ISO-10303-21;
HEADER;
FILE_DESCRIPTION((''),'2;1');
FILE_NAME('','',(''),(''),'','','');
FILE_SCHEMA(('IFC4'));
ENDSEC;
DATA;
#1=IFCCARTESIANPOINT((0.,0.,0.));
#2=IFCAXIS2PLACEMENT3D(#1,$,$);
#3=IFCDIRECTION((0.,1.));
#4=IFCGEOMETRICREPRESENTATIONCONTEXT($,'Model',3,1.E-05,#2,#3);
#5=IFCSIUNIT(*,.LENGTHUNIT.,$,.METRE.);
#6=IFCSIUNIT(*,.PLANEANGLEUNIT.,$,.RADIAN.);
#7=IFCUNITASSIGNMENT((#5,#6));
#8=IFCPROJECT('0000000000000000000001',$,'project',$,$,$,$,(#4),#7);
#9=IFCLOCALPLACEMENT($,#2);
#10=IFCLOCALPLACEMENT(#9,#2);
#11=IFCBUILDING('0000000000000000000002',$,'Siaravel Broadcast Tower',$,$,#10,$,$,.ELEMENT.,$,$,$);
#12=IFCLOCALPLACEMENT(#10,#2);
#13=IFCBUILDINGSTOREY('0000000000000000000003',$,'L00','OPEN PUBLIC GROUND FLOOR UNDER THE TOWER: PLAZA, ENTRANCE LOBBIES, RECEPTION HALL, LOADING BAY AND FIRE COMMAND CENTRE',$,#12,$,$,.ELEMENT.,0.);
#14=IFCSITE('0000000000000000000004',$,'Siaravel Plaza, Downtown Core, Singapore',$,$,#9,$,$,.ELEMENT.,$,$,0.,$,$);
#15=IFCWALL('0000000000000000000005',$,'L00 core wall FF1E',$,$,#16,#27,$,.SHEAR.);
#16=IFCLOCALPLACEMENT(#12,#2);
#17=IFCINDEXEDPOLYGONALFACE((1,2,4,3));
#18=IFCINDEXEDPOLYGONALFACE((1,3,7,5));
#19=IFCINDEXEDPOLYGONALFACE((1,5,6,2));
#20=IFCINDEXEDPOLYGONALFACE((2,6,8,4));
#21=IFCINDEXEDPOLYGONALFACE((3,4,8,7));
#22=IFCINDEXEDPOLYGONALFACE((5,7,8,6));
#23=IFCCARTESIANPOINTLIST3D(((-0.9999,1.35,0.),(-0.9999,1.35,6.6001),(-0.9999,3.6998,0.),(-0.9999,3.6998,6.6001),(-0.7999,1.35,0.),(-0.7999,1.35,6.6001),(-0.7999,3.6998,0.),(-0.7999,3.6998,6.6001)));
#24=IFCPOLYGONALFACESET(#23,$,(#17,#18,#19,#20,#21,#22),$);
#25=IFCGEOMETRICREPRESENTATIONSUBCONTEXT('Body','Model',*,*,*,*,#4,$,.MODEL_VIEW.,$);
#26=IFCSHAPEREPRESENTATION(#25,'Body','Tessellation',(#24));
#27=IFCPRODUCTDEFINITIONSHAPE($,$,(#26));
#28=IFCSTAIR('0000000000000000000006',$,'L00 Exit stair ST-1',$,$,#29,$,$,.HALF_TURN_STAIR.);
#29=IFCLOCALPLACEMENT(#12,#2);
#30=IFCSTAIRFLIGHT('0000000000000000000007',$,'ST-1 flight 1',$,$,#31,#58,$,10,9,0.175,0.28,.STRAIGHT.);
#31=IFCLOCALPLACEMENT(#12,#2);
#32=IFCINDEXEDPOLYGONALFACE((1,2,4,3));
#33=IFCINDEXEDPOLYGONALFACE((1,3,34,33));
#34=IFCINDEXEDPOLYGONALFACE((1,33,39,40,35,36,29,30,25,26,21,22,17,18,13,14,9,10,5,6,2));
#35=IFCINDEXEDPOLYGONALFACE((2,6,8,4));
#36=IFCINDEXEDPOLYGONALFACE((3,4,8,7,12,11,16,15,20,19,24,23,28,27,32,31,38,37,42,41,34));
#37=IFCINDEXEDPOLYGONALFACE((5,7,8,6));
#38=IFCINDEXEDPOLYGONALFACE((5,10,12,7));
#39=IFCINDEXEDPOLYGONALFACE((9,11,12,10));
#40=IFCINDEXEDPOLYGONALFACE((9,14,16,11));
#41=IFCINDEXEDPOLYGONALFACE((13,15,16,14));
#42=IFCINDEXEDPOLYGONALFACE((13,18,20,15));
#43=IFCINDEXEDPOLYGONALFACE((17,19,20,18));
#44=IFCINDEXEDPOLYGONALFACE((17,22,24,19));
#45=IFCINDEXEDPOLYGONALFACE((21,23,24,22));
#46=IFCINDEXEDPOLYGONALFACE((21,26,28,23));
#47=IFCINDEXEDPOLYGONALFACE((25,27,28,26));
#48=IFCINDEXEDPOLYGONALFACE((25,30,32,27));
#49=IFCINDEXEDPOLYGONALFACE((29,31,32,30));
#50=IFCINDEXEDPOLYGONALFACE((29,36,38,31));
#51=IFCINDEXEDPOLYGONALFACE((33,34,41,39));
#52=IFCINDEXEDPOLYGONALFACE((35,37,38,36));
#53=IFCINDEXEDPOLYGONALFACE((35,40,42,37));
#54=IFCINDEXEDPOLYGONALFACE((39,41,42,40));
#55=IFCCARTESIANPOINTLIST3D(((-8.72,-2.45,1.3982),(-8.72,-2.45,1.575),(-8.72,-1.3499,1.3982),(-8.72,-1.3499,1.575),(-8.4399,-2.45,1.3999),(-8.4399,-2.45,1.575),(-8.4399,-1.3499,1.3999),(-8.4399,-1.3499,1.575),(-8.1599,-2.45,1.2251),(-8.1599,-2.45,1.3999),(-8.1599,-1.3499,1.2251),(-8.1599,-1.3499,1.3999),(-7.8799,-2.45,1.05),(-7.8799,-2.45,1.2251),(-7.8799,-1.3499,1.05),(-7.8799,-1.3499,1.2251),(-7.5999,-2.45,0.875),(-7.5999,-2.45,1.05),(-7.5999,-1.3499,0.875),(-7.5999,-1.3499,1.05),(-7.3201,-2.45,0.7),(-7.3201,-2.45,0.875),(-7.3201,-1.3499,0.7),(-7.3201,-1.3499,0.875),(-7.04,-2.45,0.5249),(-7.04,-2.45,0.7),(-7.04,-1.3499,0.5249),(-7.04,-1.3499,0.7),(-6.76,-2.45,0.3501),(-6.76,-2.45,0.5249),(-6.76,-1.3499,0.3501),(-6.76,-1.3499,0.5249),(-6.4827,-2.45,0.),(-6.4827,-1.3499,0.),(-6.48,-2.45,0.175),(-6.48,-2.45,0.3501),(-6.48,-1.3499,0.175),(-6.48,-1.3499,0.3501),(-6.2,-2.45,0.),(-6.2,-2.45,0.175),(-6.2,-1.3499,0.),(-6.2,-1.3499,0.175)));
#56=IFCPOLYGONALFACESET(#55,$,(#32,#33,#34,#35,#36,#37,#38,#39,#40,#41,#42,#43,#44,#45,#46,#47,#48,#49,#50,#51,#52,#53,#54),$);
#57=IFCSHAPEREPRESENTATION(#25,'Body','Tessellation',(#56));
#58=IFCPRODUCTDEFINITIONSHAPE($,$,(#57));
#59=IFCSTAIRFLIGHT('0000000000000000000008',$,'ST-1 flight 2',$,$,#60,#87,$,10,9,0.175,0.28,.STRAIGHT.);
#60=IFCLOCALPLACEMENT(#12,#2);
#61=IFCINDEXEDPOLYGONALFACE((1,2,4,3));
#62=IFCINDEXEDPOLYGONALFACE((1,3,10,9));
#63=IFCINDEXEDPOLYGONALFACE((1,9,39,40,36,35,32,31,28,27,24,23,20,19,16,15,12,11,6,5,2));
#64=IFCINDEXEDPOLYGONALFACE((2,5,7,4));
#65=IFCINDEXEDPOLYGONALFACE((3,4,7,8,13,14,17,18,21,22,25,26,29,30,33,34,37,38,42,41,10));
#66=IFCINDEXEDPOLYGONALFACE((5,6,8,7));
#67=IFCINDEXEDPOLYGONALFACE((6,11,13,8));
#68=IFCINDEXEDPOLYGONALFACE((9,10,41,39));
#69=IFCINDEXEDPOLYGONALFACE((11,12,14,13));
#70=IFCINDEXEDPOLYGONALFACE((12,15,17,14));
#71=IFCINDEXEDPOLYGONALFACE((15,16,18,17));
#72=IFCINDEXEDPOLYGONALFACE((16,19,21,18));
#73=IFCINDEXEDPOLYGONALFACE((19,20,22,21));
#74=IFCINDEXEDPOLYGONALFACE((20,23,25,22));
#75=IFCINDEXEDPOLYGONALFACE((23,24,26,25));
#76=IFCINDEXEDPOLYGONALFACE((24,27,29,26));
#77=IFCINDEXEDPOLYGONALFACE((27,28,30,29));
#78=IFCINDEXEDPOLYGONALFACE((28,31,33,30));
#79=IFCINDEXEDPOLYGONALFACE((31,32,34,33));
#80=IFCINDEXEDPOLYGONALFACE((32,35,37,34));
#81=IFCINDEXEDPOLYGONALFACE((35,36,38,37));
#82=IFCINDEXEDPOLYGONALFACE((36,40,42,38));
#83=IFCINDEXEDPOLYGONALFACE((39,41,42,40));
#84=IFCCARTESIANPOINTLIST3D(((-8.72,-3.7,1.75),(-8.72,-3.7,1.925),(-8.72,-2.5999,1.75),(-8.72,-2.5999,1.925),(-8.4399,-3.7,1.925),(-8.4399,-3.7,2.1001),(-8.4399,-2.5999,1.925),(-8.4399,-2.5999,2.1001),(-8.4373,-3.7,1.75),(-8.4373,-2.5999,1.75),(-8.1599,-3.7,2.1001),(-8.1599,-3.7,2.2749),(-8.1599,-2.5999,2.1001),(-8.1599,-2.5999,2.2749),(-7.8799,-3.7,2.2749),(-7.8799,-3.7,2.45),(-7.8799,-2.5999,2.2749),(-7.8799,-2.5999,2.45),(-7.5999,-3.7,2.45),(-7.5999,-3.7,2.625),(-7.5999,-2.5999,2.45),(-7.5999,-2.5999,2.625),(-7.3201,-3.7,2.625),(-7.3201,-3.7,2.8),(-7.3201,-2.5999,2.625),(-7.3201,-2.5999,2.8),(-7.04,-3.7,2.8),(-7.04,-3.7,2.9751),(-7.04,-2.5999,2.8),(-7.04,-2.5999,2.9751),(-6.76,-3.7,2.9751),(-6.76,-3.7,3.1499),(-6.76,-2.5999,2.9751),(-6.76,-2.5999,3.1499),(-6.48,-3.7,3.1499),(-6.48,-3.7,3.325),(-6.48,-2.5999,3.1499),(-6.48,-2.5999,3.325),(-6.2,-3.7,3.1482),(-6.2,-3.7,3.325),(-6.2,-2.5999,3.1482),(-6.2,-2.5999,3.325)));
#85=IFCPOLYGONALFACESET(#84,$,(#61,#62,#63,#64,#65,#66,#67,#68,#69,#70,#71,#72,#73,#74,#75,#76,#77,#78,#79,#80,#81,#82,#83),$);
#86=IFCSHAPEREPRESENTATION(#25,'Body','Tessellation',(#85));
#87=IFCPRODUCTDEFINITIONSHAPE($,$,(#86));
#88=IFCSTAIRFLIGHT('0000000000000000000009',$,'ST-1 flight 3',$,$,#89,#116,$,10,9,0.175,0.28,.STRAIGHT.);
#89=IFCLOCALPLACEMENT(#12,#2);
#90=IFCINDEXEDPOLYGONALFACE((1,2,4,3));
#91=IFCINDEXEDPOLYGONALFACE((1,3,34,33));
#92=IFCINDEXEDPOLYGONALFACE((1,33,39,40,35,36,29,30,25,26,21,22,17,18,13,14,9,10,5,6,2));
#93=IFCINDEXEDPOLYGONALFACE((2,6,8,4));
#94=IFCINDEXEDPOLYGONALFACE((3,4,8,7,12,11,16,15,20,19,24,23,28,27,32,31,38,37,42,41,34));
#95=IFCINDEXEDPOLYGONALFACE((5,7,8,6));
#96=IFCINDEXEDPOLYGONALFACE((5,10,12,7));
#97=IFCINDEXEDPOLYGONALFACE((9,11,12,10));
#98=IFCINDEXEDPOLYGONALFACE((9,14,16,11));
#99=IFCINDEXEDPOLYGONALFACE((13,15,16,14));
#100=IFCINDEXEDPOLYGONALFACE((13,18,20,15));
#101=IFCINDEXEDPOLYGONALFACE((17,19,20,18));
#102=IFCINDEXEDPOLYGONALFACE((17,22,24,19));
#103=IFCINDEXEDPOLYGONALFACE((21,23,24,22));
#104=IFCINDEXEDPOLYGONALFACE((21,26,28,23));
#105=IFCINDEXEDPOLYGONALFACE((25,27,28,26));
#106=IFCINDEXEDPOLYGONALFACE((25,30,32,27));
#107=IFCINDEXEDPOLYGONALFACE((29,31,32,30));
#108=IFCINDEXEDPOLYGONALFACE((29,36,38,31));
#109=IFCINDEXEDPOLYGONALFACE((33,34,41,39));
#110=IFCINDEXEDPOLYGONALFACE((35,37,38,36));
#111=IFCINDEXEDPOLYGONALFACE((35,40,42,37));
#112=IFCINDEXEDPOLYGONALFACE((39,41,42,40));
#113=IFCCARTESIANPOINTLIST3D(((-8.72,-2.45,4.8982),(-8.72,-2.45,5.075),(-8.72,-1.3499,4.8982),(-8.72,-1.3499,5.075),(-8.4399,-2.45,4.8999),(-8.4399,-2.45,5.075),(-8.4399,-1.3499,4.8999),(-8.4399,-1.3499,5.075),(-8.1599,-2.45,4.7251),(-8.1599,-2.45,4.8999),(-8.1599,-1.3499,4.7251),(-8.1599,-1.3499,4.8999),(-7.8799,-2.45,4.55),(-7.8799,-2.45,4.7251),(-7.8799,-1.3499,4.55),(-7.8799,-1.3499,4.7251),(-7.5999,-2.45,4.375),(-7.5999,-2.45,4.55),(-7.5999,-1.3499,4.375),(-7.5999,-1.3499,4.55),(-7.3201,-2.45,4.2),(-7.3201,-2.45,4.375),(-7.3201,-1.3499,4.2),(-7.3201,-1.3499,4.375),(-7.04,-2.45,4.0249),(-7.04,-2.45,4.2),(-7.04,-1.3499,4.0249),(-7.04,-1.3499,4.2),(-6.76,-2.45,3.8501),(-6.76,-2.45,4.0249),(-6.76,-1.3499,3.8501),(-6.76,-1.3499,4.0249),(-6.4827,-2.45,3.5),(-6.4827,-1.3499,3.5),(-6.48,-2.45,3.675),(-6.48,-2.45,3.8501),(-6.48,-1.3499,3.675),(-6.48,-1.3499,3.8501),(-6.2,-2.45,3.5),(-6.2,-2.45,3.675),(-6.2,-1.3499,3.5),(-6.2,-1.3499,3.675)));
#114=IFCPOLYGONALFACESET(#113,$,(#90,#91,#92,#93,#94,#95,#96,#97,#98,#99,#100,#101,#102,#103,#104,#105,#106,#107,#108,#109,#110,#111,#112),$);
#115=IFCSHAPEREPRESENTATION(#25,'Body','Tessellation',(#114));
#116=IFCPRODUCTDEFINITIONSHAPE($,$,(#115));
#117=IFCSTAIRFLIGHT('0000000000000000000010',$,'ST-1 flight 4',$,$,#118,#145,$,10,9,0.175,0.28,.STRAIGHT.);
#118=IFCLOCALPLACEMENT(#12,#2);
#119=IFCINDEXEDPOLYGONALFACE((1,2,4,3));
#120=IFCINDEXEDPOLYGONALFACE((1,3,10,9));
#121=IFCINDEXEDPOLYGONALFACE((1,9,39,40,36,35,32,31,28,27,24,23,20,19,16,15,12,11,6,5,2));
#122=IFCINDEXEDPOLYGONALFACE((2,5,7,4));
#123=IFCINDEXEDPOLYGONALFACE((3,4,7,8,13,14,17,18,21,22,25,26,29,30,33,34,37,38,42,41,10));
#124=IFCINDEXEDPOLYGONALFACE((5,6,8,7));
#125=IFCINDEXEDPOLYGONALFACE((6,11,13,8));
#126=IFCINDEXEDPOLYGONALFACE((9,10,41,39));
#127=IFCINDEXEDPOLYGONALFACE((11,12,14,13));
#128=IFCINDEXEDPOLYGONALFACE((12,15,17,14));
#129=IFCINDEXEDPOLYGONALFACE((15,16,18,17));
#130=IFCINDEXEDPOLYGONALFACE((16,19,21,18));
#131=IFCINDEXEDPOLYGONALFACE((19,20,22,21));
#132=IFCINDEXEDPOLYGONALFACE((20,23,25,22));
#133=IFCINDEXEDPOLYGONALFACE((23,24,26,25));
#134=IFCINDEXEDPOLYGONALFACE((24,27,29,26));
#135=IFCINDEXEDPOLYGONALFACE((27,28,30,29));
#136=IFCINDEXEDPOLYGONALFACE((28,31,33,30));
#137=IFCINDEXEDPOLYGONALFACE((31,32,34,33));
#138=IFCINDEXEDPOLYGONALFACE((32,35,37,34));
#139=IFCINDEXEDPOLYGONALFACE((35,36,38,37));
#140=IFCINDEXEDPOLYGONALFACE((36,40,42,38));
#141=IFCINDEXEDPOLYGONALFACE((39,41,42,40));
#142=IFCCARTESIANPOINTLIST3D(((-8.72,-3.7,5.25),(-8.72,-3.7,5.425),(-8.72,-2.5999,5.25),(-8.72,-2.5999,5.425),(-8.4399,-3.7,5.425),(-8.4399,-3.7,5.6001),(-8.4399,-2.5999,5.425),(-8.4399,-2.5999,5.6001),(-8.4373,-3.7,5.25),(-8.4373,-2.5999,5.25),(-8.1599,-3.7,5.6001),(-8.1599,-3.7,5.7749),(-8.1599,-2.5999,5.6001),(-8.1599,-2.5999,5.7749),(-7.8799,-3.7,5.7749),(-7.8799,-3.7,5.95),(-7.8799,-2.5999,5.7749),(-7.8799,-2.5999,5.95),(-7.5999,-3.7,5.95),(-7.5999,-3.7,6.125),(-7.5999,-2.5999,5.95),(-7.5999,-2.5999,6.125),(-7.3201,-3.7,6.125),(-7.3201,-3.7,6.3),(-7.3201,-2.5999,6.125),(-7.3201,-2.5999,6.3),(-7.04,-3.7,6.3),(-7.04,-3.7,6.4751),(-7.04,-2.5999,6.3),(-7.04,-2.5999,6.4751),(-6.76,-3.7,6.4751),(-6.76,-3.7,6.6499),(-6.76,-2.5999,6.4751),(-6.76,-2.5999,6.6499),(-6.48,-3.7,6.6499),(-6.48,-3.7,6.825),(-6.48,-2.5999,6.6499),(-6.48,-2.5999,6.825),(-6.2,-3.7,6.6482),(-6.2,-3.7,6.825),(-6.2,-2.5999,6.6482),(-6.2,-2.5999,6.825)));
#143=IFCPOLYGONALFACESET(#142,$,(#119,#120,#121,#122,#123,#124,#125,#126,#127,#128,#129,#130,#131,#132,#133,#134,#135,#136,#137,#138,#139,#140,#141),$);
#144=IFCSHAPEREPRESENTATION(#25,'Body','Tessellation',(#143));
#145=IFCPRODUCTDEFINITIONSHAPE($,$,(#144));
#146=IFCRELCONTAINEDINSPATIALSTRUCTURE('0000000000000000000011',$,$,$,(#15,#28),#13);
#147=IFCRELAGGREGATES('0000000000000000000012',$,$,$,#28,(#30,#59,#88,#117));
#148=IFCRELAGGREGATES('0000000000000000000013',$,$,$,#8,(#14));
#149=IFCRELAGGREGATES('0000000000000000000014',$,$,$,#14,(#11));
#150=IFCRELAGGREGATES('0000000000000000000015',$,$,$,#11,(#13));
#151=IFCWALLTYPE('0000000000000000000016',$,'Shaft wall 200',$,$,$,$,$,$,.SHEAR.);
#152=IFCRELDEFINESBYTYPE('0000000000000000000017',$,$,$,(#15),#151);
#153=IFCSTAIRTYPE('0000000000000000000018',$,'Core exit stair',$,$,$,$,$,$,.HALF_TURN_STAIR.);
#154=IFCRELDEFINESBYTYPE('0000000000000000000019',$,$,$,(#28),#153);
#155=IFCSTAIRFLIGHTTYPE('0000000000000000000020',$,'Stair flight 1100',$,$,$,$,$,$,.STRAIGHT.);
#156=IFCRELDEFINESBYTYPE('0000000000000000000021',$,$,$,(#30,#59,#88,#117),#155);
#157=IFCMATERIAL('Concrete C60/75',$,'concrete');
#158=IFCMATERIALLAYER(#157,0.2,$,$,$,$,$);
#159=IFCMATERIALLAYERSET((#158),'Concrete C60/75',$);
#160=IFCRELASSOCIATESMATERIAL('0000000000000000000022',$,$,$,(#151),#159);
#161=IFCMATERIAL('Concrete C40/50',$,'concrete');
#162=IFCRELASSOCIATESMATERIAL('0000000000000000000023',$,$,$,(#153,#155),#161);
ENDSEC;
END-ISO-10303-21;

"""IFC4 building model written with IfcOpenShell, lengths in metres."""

from ifc_helpers import new_model, si_unit, direction, frame, frame_2d, origin, place, context, subcontext, project, spatial, polyline, rectangle, outline, extrude, material, layer, layer_set, type_object, element, aggregate, save


model = new_model("IFC4")

# Units and contexts
model_context = context("Model", 3, precision=1e-05, world=origin(), true_north=direction((0.0, 1.0)))
body_context = subcontext(model_context, "Body", "Model", "MODEL_VIEW")
ifc_project = project(units=[si_unit("LENGTHUNIT", "METRE"), si_unit("PLANEANGLEUNIT", "RADIAN")], contexts=[model_context])

# Site, building, storey
site_placement = place(None, origin())
site = spatial("IfcSite", under=ifc_project, at=site_placement, Name="Siaravel Plaza, Downtown Core, Singapore", CompositionType="ELEMENT", RefElevation=0.0)
building_placement = place(site_placement, origin())
building = spatial("IfcBuilding", under=site, at=building_placement, Name="Siaravel Broadcast Tower", CompositionType="ELEMENT")
storey_placement = place(building_placement, origin())
storey = spatial("IfcBuildingStorey", under=building, at=storey_placement, Name="L00", Description="OPEN PUBLIC GROUND FLOOR UNDER THE TOWER: PLAZA, ENTRANCE LOBBIES, RECEPTION HALL, LOADING BAY AND FIRE COMMAND CENTRE", CompositionType="ELEMENT", Elevation=0.0)

# Shared definitions
ifc_material_1 = material(Name="Concrete C40/50", Category="concrete")

# Shared definitions
ifc_material_2 = material(Name="Concrete C60/75", Category="concrete")

# Wall
ifc_layer_1 = layer(ifc_material_2, 0.2)
ifc_layer_set_1 = layer_set([ifc_layer_1], Name="Concrete C60/75")
wall_type_1 = type_object("IfcWallType", Name="Shaft wall 200", PredefinedType="SHEAR", material=ifc_layer_set_1)
wall_1_placement = place(storey_placement, frame((-0.8999, 1.3501, 0.0), z_axis=(0.0, 0.0, 1.0), x_axis=(0.0, 1.0, 0.0)))
element("IfcWall", 1, at=wall_1_placement, inside=storey, type_object=wall_type_1, Name="L00 core wall FF1E", PredefinedType="SHEAR", context=body_context, shape_type="SweptSolid", body=[
    extrude(rectangle(XDim=2.3499, YDim=0.2, at=frame_2d((1.1748, 0.0))), origin(), (0.0, 0.0, 1.0), 6.6001),
])

# Stair, stair flights
stair_type = type_object("IfcStairType", Name="Core exit stair", PredefinedType="HALF_TURN_STAIR", material=ifc_material_1)
stair_placement = place(storey_placement, origin())
stair = element("IfcStair", 2, at=stair_placement, inside=storey, type_object=stair_type, Name="L00 Exit stair ST-1", PredefinedType="HALF_TURN_STAIR")
stair_flight_type = type_object("IfcStairFlightType", Name="Stair flight 1100", PredefinedType="STRAIGHT", material=ifc_material_1)
stair_flight_1_placement = place(storey_placement, frame((-6.2, -1.8999, 0.0), z_axis=(0.0, 0.0, 1.0), x_axis=(-1.0, 0.0, 0.0)))
stair_flight_1 = element("IfcStairFlight", 3, at=stair_flight_1_placement, type_object=stair_flight_type, Name="ST-1 flight 1", NumberOfRisers=10, NumberOfTreads=9, PredefinedType="STRAIGHT", RiserHeight=0.175, TreadLength=0.28, context=body_context, shape_type="SweptSolid", body=[
    extrude(outline(polyline([(0.0, 0.0), (0.0, 0.175), (0.28, 0.175), (0.28, 0.3501), (0.5601, 0.3501), (0.5601, 0.5249), (0.8401, 0.5249), (0.8401, 0.7), (1.1201, 0.7), (1.1201, 0.875), (1.3999, 0.875), (1.3999, 1.05), (1.6799, 1.05), (1.6799, 1.2251), (1.96, 1.2251), (1.96, 1.3999), (2.24, 1.3999), (2.24, 1.575), (2.52, 1.575), (2.52, 1.75), (2.52, 1.3982), (0.2827, 0.0), (0.0, 0.0)])), frame((0.0, 0.55, 0.0), z_axis=(0.0, -1.0, 0.0), x_axis=(1.0, 0.0, 0.0)), (0.0, 0.0, 1.0), 1.1001),
])
stair_flight_2_placement = place(storey_placement, frame((-8.72, -3.1499, 1.75), z_axis=(0.0, 0.0, 1.0), x_axis=(1.0, 0.0, 0.0)))
stair_flight_2 = element("IfcStairFlight", 4, at=stair_flight_2_placement, type_object=stair_flight_type, Name="ST-1 flight 2", NumberOfRisers=10, NumberOfTreads=9, PredefinedType="STRAIGHT", RiserHeight=0.175, TreadLength=0.28, context=body_context, shape_type="SweptSolid", body=[
    extrude(outline(polyline([(0.0, 0.0), (0.0, 0.175), (0.28, 0.175), (0.28, 0.3501), (0.5601, 0.3501), (0.5601, 0.5249), (0.8401, 0.5249), (0.8401, 0.7), (1.1201, 0.7), (1.1201, 0.875), (1.3999, 0.875), (1.3999, 1.05), (1.6799, 1.05), (1.6799, 1.2251), (1.96, 1.2251), (1.96, 1.3999), (2.24, 1.3999), (2.24, 1.575), (2.52, 1.575), (2.52, 1.75), (2.52, 1.3982), (0.2827, 0.0), (0.0, 0.0)])), frame((0.0, 0.55, 0.0), z_axis=(0.0, -1.0, 0.0), x_axis=(1.0, 0.0, 0.0)), (0.0, 0.0, 1.0), 1.1001),
])
stair_flight_3_placement = place(storey_placement, frame((-6.2, -1.8999, 3.5), z_axis=(0.0, 0.0, 1.0), x_axis=(-1.0, 0.0, 0.0)))
stair_flight_3 = element("IfcStairFlight", 5, at=stair_flight_3_placement, type_object=stair_flight_type, Name="ST-1 flight 3", NumberOfRisers=10, NumberOfTreads=9, PredefinedType="STRAIGHT", RiserHeight=0.175, TreadLength=0.28, context=body_context, shape_type="SweptSolid", body=[
    extrude(outline(polyline([(0.0, 0.0), (0.0, 0.175), (0.28, 0.175), (0.28, 0.3501), (0.5601, 0.3501), (0.5601, 0.5249), (0.8401, 0.5249), (0.8401, 0.7), (1.1201, 0.7), (1.1201, 0.875), (1.3999, 0.875), (1.3999, 1.05), (1.6799, 1.05), (1.6799, 1.2251), (1.96, 1.2251), (1.96, 1.3999), (2.24, 1.3999), (2.24, 1.575), (2.52, 1.575), (2.52, 1.75), (2.52, 1.3982), (0.2827, 0.0), (0.0, 0.0)])), frame((0.0, 0.55, 0.0), z_axis=(0.0, -1.0, 0.0), x_axis=(1.0, 0.0, 0.0)), (0.0, 0.0, 1.0), 1.1001),
])
stair_flight_4_placement = place(storey_placement, frame((-8.72, -3.1499, 5.25), z_axis=(0.0, 0.0, 1.0), x_axis=(1.0, 0.0, 0.0)))
stair_flight_4 = element("IfcStairFlight", 6, at=stair_flight_4_placement, type_object=stair_flight_type, Name="ST-1 flight 4", NumberOfRisers=10, NumberOfTreads=9, PredefinedType="STRAIGHT", RiserHeight=0.175, TreadLength=0.28, context=body_context, shape_type="SweptSolid", body=[
    extrude(outline(polyline([(0.0, 0.0), (0.0, 0.175), (0.28, 0.175), (0.28, 0.3501), (0.5601, 0.3501), (0.5601, 0.5249), (0.8401, 0.5249), (0.8401, 0.7), (1.1201, 0.7), (1.1201, 0.875), (1.3999, 0.875), (1.3999, 1.05), (1.6799, 1.05), (1.6799, 1.2251), (1.96, 1.2251), (1.96, 1.3999), (2.24, 1.3999), (2.24, 1.575), (2.52, 1.575), (2.52, 1.75), (2.52, 1.3982), (0.2827, 0.0), (0.0, 0.0)])), frame((0.0, 0.55, 0.0), z_axis=(0.0, -1.0, 0.0), x_axis=(1.0, 0.0, 0.0)), (0.0, 0.0, 1.0), 1.1001),
])
aggregate(stair, [stair_flight_1, stair_flight_2, stair_flight_3, stair_flight_4])

save(model, "model.ifc")
